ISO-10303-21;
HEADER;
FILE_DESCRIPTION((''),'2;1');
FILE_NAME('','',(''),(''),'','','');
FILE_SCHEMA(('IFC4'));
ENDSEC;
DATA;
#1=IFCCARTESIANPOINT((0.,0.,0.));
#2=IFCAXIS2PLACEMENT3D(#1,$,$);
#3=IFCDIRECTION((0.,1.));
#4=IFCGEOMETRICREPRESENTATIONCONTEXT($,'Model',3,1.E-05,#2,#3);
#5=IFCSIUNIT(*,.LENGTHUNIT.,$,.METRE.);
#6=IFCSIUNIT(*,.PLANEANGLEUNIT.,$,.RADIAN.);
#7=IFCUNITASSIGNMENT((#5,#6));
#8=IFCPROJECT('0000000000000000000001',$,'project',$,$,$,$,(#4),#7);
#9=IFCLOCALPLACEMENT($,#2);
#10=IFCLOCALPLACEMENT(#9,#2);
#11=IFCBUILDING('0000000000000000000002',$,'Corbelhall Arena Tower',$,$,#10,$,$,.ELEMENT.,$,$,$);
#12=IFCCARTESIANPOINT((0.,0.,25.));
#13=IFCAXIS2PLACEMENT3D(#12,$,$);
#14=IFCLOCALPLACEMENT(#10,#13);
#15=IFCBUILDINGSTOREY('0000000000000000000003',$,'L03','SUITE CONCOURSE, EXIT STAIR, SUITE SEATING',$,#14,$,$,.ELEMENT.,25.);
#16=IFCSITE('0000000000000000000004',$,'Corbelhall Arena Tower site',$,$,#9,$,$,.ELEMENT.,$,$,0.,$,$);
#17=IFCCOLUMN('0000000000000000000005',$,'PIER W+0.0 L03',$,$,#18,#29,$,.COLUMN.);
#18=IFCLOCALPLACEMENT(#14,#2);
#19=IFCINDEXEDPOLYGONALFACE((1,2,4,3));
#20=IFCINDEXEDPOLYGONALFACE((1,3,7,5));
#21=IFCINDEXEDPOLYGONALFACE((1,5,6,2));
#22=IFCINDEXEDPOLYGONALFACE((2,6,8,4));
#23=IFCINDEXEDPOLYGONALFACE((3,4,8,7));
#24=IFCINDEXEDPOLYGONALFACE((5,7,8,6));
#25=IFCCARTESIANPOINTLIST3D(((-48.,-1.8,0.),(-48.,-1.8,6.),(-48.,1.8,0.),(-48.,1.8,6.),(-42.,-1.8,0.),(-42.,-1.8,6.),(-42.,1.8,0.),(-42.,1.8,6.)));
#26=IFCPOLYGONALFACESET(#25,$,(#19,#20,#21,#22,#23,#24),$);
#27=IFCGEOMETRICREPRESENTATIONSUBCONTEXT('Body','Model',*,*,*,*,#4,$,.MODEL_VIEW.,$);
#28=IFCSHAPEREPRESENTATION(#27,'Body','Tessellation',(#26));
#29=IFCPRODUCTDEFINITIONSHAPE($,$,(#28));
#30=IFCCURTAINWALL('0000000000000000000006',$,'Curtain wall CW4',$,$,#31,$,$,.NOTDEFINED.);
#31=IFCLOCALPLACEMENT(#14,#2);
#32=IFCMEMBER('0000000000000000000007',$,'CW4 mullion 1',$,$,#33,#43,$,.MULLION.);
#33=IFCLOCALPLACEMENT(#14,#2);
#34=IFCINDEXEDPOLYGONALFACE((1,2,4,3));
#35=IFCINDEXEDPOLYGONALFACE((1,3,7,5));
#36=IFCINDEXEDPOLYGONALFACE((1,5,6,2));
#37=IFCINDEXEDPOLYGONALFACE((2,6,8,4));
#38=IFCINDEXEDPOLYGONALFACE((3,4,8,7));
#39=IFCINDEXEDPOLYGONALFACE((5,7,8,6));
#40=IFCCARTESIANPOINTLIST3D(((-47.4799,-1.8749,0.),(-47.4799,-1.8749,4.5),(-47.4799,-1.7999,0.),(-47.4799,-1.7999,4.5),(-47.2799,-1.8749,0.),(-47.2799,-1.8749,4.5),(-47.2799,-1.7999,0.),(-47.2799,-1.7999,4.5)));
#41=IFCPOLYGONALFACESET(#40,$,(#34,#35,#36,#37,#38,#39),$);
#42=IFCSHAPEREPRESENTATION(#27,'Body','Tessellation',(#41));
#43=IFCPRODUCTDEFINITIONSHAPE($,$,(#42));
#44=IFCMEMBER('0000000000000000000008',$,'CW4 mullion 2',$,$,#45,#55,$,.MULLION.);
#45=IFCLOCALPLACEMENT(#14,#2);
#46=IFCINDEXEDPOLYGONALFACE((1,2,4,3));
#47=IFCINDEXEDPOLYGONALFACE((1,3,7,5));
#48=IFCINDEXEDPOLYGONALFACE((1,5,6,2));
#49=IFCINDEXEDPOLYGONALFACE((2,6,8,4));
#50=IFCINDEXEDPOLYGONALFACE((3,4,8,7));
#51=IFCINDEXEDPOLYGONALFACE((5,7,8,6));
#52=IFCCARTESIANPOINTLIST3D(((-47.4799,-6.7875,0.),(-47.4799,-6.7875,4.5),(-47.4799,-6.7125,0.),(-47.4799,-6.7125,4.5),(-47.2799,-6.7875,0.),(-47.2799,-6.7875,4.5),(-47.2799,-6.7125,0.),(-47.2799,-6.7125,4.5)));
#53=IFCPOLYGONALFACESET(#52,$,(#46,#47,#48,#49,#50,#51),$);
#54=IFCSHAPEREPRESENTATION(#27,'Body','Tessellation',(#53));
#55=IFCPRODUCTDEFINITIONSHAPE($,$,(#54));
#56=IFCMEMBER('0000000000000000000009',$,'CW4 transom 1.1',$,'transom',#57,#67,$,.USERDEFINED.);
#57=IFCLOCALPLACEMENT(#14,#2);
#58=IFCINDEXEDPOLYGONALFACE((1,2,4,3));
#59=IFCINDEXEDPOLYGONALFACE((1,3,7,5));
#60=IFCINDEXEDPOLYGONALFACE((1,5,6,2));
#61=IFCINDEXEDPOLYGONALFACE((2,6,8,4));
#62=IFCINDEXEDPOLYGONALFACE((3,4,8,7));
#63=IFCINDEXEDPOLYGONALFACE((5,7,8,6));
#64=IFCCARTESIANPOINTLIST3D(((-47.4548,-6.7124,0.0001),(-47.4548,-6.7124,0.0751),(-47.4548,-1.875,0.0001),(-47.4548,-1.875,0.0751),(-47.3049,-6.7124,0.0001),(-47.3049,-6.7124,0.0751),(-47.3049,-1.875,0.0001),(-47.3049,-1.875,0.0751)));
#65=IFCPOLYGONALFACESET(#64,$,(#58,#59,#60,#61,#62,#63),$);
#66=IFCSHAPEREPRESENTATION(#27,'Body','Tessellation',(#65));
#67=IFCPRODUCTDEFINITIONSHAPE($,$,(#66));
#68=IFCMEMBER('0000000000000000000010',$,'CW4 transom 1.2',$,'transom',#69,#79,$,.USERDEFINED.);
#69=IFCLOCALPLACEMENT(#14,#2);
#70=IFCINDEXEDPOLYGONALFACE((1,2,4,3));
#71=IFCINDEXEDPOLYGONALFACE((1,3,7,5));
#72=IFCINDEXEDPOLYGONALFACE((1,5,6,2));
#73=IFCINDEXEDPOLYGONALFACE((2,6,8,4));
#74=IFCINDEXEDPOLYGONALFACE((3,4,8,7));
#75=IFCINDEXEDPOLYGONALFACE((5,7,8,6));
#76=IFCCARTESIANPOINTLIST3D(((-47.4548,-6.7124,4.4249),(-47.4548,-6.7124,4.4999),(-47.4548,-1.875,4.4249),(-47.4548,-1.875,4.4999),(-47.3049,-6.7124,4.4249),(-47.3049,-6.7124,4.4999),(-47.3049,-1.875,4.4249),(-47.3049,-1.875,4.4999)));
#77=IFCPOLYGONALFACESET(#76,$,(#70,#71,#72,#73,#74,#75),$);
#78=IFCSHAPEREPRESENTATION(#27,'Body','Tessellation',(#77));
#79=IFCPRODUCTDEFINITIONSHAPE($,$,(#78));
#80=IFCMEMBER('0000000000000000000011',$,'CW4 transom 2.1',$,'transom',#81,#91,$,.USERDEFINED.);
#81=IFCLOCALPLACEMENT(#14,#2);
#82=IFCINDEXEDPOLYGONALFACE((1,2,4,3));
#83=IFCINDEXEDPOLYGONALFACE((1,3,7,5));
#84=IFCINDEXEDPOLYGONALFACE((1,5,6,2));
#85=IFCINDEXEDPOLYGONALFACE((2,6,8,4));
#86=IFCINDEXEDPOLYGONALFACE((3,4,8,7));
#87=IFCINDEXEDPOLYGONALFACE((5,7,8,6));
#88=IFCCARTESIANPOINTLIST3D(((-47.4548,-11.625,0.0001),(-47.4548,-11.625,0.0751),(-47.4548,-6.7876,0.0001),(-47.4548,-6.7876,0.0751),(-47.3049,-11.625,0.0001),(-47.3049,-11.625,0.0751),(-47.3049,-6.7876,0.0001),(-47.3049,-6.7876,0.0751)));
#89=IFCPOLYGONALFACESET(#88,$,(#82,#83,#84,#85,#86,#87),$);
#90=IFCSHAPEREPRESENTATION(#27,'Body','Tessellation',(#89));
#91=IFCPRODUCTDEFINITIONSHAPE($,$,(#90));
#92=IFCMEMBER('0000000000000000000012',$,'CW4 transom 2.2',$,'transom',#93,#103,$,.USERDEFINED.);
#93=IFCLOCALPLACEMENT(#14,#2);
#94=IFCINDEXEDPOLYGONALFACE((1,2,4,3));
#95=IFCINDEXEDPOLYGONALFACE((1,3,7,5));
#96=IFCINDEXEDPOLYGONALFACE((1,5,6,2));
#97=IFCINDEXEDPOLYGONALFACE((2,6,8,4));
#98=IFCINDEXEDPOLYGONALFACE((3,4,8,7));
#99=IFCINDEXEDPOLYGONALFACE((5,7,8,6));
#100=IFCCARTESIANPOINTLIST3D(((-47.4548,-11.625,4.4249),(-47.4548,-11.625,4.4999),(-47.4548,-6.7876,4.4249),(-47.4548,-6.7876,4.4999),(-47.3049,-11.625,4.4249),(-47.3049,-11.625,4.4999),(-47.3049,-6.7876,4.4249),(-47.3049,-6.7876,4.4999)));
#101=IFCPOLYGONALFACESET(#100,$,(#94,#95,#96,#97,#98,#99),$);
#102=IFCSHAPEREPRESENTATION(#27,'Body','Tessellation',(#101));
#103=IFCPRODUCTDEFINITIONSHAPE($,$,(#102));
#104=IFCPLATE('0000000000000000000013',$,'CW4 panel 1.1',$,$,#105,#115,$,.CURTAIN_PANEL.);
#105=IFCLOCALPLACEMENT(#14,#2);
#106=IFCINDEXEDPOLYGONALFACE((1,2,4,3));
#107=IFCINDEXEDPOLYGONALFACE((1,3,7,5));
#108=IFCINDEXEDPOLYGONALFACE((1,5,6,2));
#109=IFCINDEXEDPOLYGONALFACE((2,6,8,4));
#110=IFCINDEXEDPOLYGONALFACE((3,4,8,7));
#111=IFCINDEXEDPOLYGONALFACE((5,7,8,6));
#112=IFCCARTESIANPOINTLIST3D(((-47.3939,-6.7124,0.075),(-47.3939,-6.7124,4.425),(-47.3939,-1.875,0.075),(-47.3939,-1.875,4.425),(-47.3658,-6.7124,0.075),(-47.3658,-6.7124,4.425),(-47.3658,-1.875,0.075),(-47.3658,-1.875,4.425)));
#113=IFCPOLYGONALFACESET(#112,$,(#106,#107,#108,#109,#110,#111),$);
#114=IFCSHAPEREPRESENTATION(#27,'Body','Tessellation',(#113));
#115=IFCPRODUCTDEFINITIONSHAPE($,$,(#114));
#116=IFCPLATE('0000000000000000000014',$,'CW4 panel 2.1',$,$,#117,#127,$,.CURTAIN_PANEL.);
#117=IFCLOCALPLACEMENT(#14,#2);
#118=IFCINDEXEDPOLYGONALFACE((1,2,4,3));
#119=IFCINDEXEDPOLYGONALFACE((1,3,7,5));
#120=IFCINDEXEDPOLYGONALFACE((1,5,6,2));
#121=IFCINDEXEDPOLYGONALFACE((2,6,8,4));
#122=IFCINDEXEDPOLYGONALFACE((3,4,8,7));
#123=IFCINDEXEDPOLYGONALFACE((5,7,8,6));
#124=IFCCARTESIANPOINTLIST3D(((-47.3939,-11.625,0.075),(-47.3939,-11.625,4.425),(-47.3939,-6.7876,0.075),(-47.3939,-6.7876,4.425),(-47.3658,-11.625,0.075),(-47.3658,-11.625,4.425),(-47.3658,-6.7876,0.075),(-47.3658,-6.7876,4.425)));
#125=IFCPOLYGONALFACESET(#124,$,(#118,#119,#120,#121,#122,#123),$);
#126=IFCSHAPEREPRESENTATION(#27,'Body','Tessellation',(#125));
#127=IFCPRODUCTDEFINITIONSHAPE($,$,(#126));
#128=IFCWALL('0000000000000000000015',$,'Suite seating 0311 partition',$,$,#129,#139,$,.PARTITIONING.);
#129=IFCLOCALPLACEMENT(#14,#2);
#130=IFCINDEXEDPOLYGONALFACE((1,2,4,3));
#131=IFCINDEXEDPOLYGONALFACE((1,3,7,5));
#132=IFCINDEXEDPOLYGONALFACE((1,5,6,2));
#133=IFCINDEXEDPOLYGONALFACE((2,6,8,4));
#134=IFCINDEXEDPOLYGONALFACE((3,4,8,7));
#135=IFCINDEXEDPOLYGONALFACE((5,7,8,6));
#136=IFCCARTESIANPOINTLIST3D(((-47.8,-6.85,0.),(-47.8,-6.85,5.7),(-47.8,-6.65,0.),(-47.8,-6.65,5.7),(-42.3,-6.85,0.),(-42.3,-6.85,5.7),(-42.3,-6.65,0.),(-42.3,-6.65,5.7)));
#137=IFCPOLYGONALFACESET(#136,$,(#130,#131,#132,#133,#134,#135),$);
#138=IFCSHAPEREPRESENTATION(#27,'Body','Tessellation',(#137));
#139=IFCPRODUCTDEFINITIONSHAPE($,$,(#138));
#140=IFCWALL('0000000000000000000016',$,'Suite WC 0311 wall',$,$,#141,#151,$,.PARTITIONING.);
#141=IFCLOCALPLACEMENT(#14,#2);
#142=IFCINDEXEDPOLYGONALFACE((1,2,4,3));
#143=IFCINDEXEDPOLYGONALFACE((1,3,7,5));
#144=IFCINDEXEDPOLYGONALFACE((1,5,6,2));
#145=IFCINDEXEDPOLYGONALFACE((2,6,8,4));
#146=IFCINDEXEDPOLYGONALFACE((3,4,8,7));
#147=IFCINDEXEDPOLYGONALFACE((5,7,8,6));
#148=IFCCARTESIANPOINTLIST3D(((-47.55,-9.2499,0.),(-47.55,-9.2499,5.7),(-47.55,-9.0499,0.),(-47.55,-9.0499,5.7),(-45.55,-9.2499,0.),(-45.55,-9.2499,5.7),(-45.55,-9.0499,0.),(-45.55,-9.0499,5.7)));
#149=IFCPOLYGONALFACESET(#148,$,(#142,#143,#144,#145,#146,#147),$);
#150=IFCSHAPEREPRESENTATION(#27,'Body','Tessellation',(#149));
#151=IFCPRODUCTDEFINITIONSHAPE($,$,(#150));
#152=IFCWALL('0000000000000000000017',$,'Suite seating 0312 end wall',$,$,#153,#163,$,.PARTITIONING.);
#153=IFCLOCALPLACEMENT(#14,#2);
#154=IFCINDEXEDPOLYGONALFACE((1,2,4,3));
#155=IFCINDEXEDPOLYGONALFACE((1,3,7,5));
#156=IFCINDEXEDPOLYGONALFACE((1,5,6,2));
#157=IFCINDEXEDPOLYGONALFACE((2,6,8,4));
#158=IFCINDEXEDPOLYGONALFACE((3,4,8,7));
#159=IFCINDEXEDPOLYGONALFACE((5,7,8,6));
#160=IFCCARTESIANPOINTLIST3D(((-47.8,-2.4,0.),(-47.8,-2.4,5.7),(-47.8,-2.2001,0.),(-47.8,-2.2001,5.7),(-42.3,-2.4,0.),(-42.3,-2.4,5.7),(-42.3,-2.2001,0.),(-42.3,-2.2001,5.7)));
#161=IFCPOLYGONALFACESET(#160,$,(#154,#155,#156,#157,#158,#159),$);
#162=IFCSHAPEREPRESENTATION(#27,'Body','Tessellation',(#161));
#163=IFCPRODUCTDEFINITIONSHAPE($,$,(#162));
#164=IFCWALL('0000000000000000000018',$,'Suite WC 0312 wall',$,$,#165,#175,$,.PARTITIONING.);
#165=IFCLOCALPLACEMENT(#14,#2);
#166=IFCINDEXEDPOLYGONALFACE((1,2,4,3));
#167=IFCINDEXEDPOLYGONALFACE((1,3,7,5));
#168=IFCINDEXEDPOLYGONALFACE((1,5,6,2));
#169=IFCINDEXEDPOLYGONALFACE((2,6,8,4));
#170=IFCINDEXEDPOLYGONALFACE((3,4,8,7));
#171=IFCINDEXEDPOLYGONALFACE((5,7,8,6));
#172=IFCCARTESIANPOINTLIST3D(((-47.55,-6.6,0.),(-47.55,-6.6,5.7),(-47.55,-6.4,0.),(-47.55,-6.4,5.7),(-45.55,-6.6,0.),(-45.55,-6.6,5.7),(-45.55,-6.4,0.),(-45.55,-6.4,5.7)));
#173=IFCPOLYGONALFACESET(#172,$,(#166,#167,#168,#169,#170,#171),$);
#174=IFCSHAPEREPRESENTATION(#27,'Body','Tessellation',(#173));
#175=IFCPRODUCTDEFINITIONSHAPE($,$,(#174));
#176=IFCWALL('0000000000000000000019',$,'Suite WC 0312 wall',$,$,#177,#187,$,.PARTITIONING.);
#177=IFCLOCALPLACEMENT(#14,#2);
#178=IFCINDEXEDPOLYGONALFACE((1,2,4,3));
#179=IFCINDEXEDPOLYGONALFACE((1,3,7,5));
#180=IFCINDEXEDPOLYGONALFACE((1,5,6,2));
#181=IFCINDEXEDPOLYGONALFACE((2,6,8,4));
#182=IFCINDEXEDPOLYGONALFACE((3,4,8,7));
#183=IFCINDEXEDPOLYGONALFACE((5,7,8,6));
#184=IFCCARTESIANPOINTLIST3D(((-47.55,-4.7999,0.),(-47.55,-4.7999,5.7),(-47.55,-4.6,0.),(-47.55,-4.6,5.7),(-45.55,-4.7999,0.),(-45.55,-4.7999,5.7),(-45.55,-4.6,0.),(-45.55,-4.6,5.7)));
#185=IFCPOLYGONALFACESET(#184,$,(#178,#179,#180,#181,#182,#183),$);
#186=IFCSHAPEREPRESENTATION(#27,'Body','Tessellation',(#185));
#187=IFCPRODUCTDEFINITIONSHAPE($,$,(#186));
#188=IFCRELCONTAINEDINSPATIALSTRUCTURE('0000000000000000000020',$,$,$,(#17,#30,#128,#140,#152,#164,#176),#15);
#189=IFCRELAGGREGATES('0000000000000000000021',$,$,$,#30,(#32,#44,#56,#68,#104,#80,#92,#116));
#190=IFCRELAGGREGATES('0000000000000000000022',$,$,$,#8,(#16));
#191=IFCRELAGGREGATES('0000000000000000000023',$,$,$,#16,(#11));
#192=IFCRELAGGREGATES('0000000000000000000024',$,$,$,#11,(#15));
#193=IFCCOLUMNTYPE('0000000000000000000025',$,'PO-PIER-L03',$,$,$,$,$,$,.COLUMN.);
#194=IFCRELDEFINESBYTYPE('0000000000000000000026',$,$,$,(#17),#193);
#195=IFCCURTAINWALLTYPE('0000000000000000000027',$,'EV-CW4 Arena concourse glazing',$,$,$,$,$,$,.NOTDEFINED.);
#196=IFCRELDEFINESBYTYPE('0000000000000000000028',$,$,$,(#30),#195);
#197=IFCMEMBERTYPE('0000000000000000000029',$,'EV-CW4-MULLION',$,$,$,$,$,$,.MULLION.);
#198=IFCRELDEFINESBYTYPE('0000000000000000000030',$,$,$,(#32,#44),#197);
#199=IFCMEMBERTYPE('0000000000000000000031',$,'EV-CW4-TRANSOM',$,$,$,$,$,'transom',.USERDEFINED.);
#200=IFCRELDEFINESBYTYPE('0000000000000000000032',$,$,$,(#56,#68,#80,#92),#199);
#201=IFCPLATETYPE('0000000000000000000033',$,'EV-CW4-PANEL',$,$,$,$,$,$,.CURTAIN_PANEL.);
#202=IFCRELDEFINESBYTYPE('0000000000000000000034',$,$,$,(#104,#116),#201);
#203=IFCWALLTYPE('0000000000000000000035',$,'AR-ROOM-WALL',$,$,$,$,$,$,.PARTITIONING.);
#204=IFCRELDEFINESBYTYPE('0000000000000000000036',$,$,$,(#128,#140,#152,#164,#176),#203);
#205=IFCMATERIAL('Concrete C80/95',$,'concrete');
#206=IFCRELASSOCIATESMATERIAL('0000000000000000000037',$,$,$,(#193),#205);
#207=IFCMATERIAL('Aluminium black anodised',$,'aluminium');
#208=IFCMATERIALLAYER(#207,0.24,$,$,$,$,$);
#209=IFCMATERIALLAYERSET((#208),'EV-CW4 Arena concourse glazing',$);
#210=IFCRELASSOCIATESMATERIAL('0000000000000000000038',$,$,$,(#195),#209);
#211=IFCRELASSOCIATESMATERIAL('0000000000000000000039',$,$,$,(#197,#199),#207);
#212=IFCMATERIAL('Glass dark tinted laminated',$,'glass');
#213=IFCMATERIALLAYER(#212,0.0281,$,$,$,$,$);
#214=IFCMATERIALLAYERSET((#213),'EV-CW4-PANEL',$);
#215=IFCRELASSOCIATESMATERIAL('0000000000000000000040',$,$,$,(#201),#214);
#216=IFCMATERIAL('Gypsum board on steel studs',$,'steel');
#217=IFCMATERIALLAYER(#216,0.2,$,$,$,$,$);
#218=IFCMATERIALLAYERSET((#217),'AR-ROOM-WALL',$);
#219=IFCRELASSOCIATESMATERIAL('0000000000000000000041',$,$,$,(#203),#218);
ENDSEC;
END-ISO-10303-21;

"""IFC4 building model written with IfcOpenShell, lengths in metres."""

from ifc_helpers import new_model, si_unit, direction, frame, frame_2d, origin, origin_2d, place, context, subcontext, project, spatial, rectangle, extrude, material, layer, layer_set, material_profile, profile_set, type_object, element, aggregate, save


model = new_model("IFC4")

# Units and contexts
model_context = context("Model", 3, precision=1e-05, world=origin(), true_north=direction((0.0, 1.0)))
body_context = subcontext(model_context, "Body", "Model", "MODEL_VIEW")
ifc_project = project(units=[si_unit("LENGTHUNIT", "METRE"), si_unit("PLANEANGLEUNIT", "RADIAN")], contexts=[model_context])

# Site, building, storey
site_placement = place(None, origin())
site = spatial("IfcSite", under=ifc_project, at=site_placement, Name="Corbelhall Arena Tower site", CompositionType="ELEMENT", RefElevation=0.0)
building_placement = place(site_placement, origin())
building = spatial("IfcBuilding", under=site, at=building_placement, Name="Corbelhall Arena Tower", CompositionType="ELEMENT")
storey_placement = place(building_placement, frame((0.0, 0.0, 25.0)))
storey = spatial("IfcBuildingStorey", under=building, at=storey_placement, Name="L03", Description="SUITE CONCOURSE, EXIT STAIR, SUITE SEATING", CompositionType="ELEMENT", Elevation=25.0)

# Column
ifc_material_1 = material(Name="Concrete C80/95", Category="concrete")
ifc_material_profile_1 = material_profile(ifc_material_1, rectangle(XDim=3.6001, YDim=6.0, at=origin_2d()))
ifc_profile_set_1 = profile_set([ifc_material_profile_1], Name="Concrete C80/95")
column_type = type_object("IfcColumnType", Name="PO-PIER-L03", PredefinedType="COLUMN", material=ifc_profile_set_1)
column_placement = place(storey_placement, frame((-45.0, 0.0, 0.0), z_axis=(0.0, 0.0, 1.0), x_axis=(0.0, 1.0, 0.0)))
element("IfcColumn", 1, at=column_placement, inside=storey, type_object=column_type, Name="PIER W+0.0 L03", PredefinedType="COLUMN", context=body_context, shape_type="SweptSolid", body=[
    extrude(rectangle(XDim=3.6001, YDim=6.0, at=origin_2d()), origin(), (0.0, 0.0, 1.0), 6.0),
])

# Curtain wall, members, plates
ifc_material_2 = material(Name="Aluminium black anodised", Category="aluminium")
ifc_layer_1 = layer(ifc_material_2, 0.24)
ifc_layer_set_1 = layer_set([ifc_layer_1], Name="EV-CW4 Arena concourse glazing")
curtain_wall_type = type_object("IfcCurtainWallType", Name="EV-CW4 Arena concourse glazing", PredefinedType="NOTDEFINED", material=ifc_layer_set_1)
curtain_wall_placement = place(storey_placement, origin())
curtain_wall = element("IfcCurtainWall", 2, at=curtain_wall_placement, inside=storey, type_object=curtain_wall_type, Name="Curtain wall CW4", PredefinedType="NOTDEFINED")
ifc_material_profile_2 = material_profile(ifc_material_2, rectangle(XDim=0.2, YDim=0.075, at=origin_2d()))
ifc_profile_set_2 = profile_set([ifc_material_profile_2], Name="Aluminium black anodised")
member_type_1 = type_object("IfcMemberType", Name="EV-CW4-MULLION", PredefinedType="MULLION", material=ifc_profile_set_2)
member_1_placement = place(storey_placement, frame((-47.3799, -1.8374, 0.0), z_axis=(0.0, 0.0, 1.0), x_axis=(1.0, 0.0, 0.0)))
member_1 = element("IfcMember", 3, at=member_1_placement, type_object=member_type_1, Name="CW4 mullion 1", PredefinedType="MULLION", context=body_context, shape_type="SweptSolid", body=[
    extrude(rectangle(XDim=0.2, YDim=0.075, at=origin_2d()), origin(), (0.0, 0.0, 1.0), 4.5),
])
member_2_placement = place(storey_placement, frame((-47.3799, -6.75, 0.0), z_axis=(0.0, 0.0, 1.0), x_axis=(1.0, 0.0, 0.0)))
member_2 = element("IfcMember", 4, at=member_2_placement, type_object=member_type_1, Name="CW4 mullion 2", PredefinedType="MULLION", context=body_context, shape_type="SweptSolid", body=[
    extrude(rectangle(XDim=0.2, YDim=0.075, at=origin_2d()), origin(), (0.0, 0.0, 1.0), 4.5),
])
ifc_material_profile_3 = material_profile(ifc_material_2, rectangle(XDim=0.1499, YDim=0.075, at=origin_2d()))
ifc_profile_set_3 = profile_set([ifc_material_profile_3], Name="Aluminium black anodised")
member_type_2 = type_object("IfcMemberType", Name="EV-CW4-TRANSOM", ElementType="transom", PredefinedType="USERDEFINED", material=ifc_profile_set_3)
member_3_placement = place(storey_placement, frame((-47.3799, -1.875, 0.0376), z_axis=(0.0, -1.0, 0.0), x_axis=(1.0, 0.0, 0.0)))
member_3 = element("IfcMember", 5, at=member_3_placement, type_object=member_type_2, Name="CW4 transom 1.1", ObjectType="transom", PredefinedType="USERDEFINED", context=body_context, shape_type="SweptSolid", body=[
    extrude(rectangle(XDim=0.1499, YDim=0.075, at=origin_2d()), origin(), (0.0, 0.0, 1.0), 4.8374),
])
member_4_placement = place(storey_placement, frame((-47.3799, -1.875, 4.4624), z_axis=(0.0, -1.0, 0.0), x_axis=(1.0, 0.0, 0.0)))
member_4 = element("IfcMember", 6, at=member_4_placement, type_object=member_type_2, Name="CW4 transom 1.2", ObjectType="transom", PredefinedType="USERDEFINED", context=body_context, shape_type="SweptSolid", body=[
    extrude(rectangle(XDim=0.1499, YDim=0.075, at=origin_2d()), origin(), (0.0, 0.0, 1.0), 4.8374),
])
member_5_placement = place(storey_placement, frame((-47.3799, -6.7876, 0.0376), z_axis=(0.0, -1.0, 0.0), x_axis=(1.0, 0.0, 0.0)))
member_5 = element("IfcMember", 7, at=member_5_placement, type_object=member_type_2, Name="CW4 transom 2.1", ObjectType="transom", PredefinedType="USERDEFINED", context=body_context, shape_type="SweptSolid", body=[
    extrude(rectangle(XDim=0.1499, YDim=0.075, at=origin_2d()), origin(), (0.0, 0.0, 1.0), 4.8374),
])
member_6_placement = place(storey_placement, frame((-47.3799, -6.7876, 4.4624), z_axis=(0.0, -1.0, 0.0), x_axis=(1.0, 0.0, 0.0)))
member_6 = element("IfcMember", 8, at=member_6_placement, type_object=member_type_2, Name="CW4 transom 2.2", ObjectType="transom", PredefinedType="USERDEFINED", context=body_context, shape_type="SweptSolid", body=[
    extrude(rectangle(XDim=0.1499, YDim=0.075, at=origin_2d()), origin(), (0.0, 0.0, 1.0), 4.8374),
])
ifc_material_3 = material(Name="Glass dark tinted laminated", Category="glass")
ifc_layer_2 = layer(ifc_material_3, 0.0281)
ifc_layer_set_2 = layer_set([ifc_layer_2], Name="EV-CW4-PANEL")
plate_type = type_object("IfcPlateType", Name="EV-CW4-PANEL", PredefinedType="CURTAIN_PANEL", material=ifc_layer_set_2)
plate_1_placement = place(storey_placement, frame((-47.3799, -4.2937, 0.075), z_axis=(0.0, 0.0, 1.0), x_axis=(0.0, -1.0, 0.0)))
plate_1 = element("IfcPlate", 9, at=plate_1_placement, type_object=plate_type, Name="CW4 panel 1.1", PredefinedType="CURTAIN_PANEL", context=body_context, shape_type="SweptSolid", body=[
    extrude(rectangle(XDim=4.8374, YDim=0.0281, at=origin_2d()), origin(), (0.0, 0.0, 1.0), 4.3501),
])
plate_2_placement = place(storey_placement, frame((-47.3799, -9.2063, 0.075), z_axis=(0.0, 0.0, 1.0), x_axis=(0.0, -1.0, 0.0)))
plate_2 = element("IfcPlate", 10, at=plate_2_placement, type_object=plate_type, Name="CW4 panel 2.1", PredefinedType="CURTAIN_PANEL", context=body_context, shape_type="SweptSolid", body=[
    extrude(rectangle(XDim=4.8374, YDim=0.0281, at=origin_2d()), origin(), (0.0, 0.0, 1.0), 4.3501),
])
aggregate(curtain_wall, [member_1, member_2, member_3, member_4, plate_1, member_5, member_6, plate_2])

# Walls
ifc_material_4 = material(Name="Gypsum board on steel studs", Category="steel")
ifc_layer_3 = layer(ifc_material_4, 0.2)
ifc_layer_set_3 = layer_set([ifc_layer_3], Name="AR-ROOM-WALL")
wall_type_1 = type_object("IfcWallType", Name="AR-ROOM-WALL", PredefinedType="PARTITIONING", material=ifc_layer_set_3)
wall_1_placement = place(storey_placement, frame((-47.8, -6.75, 0.0), z_axis=(0.0, 0.0, 1.0), x_axis=(1.0, 0.0, 0.0)))
element("IfcWall", 11, at=wall_1_placement, inside=storey, type_object=wall_type_1, Name="Suite seating 0311 partition", PredefinedType="PARTITIONING", context=body_context, shape_type="SweptSolid", body=[
    extrude(rectangle(XDim=5.5, YDim=0.2, at=frame_2d((2.75, 0.0))), origin(), (0.0, 0.0, 1.0), 5.7),
])
wall_2_placement = place(storey_placement, frame((-45.55, -9.1499, 0.0), z_axis=(0.0, 0.0, 1.0), x_axis=(-1.0, 0.0, 0.0)))
element("IfcWall", 12, at=wall_2_placement, inside=storey, type_object=wall_type_1, Name="Suite WC 0311 wall", PredefinedType="PARTITIONING", context=body_context, shape_type="SweptSolid", body=[
    extrude(rectangle(XDim=2.0, YDim=0.2, at=frame_2d((1.0, 0.0))), origin(), (0.0, 0.0, 1.0), 5.7),
])

# Walls
wall_3_placement = place(storey_placement, frame((-42.3, -2.3, 0.0), z_axis=(0.0, 0.0, 1.0), x_axis=(-1.0, 0.0, 0.0)))
element("IfcWall", 13, at=wall_3_placement, inside=storey, type_object=wall_type_1, Name="Suite seating 0312 end wall", PredefinedType="PARTITIONING", context=body_context, shape_type="SweptSolid", body=[
    extrude(rectangle(XDim=5.5, YDim=0.2, at=frame_2d((2.75, 0.0))), origin(), (0.0, 0.0, 1.0), 5.7),
])
for number, where, z_axis, x_axis, name in (
    (14, (-47.55, -6.5, 0.0), (0.0, 0.0, 1.0), (1.0, 0.0, 0.0), "Suite WC 0312 wall"),
    (15, (-45.55, -4.7, 0.0), (0.0, 0.0, 1.0), (-1.0, 0.0, 0.0), "Suite WC 0312 wall"),
):
    element("IfcWall", number, at=place(storey_placement, frame(where, z_axis=z_axis, x_axis=x_axis)), inside=storey, type_object=wall_type_1, Name=name, PredefinedType="PARTITIONING", context=body_context, shape_type="SweptSolid", body=[
        extrude(rectangle(XDim=2.0, YDim=0.2, at=frame_2d((1.0, 0.0))), origin(), (0.0, 0.0, 1.0), 5.7),
    ])

save(model, "model.ifc")
